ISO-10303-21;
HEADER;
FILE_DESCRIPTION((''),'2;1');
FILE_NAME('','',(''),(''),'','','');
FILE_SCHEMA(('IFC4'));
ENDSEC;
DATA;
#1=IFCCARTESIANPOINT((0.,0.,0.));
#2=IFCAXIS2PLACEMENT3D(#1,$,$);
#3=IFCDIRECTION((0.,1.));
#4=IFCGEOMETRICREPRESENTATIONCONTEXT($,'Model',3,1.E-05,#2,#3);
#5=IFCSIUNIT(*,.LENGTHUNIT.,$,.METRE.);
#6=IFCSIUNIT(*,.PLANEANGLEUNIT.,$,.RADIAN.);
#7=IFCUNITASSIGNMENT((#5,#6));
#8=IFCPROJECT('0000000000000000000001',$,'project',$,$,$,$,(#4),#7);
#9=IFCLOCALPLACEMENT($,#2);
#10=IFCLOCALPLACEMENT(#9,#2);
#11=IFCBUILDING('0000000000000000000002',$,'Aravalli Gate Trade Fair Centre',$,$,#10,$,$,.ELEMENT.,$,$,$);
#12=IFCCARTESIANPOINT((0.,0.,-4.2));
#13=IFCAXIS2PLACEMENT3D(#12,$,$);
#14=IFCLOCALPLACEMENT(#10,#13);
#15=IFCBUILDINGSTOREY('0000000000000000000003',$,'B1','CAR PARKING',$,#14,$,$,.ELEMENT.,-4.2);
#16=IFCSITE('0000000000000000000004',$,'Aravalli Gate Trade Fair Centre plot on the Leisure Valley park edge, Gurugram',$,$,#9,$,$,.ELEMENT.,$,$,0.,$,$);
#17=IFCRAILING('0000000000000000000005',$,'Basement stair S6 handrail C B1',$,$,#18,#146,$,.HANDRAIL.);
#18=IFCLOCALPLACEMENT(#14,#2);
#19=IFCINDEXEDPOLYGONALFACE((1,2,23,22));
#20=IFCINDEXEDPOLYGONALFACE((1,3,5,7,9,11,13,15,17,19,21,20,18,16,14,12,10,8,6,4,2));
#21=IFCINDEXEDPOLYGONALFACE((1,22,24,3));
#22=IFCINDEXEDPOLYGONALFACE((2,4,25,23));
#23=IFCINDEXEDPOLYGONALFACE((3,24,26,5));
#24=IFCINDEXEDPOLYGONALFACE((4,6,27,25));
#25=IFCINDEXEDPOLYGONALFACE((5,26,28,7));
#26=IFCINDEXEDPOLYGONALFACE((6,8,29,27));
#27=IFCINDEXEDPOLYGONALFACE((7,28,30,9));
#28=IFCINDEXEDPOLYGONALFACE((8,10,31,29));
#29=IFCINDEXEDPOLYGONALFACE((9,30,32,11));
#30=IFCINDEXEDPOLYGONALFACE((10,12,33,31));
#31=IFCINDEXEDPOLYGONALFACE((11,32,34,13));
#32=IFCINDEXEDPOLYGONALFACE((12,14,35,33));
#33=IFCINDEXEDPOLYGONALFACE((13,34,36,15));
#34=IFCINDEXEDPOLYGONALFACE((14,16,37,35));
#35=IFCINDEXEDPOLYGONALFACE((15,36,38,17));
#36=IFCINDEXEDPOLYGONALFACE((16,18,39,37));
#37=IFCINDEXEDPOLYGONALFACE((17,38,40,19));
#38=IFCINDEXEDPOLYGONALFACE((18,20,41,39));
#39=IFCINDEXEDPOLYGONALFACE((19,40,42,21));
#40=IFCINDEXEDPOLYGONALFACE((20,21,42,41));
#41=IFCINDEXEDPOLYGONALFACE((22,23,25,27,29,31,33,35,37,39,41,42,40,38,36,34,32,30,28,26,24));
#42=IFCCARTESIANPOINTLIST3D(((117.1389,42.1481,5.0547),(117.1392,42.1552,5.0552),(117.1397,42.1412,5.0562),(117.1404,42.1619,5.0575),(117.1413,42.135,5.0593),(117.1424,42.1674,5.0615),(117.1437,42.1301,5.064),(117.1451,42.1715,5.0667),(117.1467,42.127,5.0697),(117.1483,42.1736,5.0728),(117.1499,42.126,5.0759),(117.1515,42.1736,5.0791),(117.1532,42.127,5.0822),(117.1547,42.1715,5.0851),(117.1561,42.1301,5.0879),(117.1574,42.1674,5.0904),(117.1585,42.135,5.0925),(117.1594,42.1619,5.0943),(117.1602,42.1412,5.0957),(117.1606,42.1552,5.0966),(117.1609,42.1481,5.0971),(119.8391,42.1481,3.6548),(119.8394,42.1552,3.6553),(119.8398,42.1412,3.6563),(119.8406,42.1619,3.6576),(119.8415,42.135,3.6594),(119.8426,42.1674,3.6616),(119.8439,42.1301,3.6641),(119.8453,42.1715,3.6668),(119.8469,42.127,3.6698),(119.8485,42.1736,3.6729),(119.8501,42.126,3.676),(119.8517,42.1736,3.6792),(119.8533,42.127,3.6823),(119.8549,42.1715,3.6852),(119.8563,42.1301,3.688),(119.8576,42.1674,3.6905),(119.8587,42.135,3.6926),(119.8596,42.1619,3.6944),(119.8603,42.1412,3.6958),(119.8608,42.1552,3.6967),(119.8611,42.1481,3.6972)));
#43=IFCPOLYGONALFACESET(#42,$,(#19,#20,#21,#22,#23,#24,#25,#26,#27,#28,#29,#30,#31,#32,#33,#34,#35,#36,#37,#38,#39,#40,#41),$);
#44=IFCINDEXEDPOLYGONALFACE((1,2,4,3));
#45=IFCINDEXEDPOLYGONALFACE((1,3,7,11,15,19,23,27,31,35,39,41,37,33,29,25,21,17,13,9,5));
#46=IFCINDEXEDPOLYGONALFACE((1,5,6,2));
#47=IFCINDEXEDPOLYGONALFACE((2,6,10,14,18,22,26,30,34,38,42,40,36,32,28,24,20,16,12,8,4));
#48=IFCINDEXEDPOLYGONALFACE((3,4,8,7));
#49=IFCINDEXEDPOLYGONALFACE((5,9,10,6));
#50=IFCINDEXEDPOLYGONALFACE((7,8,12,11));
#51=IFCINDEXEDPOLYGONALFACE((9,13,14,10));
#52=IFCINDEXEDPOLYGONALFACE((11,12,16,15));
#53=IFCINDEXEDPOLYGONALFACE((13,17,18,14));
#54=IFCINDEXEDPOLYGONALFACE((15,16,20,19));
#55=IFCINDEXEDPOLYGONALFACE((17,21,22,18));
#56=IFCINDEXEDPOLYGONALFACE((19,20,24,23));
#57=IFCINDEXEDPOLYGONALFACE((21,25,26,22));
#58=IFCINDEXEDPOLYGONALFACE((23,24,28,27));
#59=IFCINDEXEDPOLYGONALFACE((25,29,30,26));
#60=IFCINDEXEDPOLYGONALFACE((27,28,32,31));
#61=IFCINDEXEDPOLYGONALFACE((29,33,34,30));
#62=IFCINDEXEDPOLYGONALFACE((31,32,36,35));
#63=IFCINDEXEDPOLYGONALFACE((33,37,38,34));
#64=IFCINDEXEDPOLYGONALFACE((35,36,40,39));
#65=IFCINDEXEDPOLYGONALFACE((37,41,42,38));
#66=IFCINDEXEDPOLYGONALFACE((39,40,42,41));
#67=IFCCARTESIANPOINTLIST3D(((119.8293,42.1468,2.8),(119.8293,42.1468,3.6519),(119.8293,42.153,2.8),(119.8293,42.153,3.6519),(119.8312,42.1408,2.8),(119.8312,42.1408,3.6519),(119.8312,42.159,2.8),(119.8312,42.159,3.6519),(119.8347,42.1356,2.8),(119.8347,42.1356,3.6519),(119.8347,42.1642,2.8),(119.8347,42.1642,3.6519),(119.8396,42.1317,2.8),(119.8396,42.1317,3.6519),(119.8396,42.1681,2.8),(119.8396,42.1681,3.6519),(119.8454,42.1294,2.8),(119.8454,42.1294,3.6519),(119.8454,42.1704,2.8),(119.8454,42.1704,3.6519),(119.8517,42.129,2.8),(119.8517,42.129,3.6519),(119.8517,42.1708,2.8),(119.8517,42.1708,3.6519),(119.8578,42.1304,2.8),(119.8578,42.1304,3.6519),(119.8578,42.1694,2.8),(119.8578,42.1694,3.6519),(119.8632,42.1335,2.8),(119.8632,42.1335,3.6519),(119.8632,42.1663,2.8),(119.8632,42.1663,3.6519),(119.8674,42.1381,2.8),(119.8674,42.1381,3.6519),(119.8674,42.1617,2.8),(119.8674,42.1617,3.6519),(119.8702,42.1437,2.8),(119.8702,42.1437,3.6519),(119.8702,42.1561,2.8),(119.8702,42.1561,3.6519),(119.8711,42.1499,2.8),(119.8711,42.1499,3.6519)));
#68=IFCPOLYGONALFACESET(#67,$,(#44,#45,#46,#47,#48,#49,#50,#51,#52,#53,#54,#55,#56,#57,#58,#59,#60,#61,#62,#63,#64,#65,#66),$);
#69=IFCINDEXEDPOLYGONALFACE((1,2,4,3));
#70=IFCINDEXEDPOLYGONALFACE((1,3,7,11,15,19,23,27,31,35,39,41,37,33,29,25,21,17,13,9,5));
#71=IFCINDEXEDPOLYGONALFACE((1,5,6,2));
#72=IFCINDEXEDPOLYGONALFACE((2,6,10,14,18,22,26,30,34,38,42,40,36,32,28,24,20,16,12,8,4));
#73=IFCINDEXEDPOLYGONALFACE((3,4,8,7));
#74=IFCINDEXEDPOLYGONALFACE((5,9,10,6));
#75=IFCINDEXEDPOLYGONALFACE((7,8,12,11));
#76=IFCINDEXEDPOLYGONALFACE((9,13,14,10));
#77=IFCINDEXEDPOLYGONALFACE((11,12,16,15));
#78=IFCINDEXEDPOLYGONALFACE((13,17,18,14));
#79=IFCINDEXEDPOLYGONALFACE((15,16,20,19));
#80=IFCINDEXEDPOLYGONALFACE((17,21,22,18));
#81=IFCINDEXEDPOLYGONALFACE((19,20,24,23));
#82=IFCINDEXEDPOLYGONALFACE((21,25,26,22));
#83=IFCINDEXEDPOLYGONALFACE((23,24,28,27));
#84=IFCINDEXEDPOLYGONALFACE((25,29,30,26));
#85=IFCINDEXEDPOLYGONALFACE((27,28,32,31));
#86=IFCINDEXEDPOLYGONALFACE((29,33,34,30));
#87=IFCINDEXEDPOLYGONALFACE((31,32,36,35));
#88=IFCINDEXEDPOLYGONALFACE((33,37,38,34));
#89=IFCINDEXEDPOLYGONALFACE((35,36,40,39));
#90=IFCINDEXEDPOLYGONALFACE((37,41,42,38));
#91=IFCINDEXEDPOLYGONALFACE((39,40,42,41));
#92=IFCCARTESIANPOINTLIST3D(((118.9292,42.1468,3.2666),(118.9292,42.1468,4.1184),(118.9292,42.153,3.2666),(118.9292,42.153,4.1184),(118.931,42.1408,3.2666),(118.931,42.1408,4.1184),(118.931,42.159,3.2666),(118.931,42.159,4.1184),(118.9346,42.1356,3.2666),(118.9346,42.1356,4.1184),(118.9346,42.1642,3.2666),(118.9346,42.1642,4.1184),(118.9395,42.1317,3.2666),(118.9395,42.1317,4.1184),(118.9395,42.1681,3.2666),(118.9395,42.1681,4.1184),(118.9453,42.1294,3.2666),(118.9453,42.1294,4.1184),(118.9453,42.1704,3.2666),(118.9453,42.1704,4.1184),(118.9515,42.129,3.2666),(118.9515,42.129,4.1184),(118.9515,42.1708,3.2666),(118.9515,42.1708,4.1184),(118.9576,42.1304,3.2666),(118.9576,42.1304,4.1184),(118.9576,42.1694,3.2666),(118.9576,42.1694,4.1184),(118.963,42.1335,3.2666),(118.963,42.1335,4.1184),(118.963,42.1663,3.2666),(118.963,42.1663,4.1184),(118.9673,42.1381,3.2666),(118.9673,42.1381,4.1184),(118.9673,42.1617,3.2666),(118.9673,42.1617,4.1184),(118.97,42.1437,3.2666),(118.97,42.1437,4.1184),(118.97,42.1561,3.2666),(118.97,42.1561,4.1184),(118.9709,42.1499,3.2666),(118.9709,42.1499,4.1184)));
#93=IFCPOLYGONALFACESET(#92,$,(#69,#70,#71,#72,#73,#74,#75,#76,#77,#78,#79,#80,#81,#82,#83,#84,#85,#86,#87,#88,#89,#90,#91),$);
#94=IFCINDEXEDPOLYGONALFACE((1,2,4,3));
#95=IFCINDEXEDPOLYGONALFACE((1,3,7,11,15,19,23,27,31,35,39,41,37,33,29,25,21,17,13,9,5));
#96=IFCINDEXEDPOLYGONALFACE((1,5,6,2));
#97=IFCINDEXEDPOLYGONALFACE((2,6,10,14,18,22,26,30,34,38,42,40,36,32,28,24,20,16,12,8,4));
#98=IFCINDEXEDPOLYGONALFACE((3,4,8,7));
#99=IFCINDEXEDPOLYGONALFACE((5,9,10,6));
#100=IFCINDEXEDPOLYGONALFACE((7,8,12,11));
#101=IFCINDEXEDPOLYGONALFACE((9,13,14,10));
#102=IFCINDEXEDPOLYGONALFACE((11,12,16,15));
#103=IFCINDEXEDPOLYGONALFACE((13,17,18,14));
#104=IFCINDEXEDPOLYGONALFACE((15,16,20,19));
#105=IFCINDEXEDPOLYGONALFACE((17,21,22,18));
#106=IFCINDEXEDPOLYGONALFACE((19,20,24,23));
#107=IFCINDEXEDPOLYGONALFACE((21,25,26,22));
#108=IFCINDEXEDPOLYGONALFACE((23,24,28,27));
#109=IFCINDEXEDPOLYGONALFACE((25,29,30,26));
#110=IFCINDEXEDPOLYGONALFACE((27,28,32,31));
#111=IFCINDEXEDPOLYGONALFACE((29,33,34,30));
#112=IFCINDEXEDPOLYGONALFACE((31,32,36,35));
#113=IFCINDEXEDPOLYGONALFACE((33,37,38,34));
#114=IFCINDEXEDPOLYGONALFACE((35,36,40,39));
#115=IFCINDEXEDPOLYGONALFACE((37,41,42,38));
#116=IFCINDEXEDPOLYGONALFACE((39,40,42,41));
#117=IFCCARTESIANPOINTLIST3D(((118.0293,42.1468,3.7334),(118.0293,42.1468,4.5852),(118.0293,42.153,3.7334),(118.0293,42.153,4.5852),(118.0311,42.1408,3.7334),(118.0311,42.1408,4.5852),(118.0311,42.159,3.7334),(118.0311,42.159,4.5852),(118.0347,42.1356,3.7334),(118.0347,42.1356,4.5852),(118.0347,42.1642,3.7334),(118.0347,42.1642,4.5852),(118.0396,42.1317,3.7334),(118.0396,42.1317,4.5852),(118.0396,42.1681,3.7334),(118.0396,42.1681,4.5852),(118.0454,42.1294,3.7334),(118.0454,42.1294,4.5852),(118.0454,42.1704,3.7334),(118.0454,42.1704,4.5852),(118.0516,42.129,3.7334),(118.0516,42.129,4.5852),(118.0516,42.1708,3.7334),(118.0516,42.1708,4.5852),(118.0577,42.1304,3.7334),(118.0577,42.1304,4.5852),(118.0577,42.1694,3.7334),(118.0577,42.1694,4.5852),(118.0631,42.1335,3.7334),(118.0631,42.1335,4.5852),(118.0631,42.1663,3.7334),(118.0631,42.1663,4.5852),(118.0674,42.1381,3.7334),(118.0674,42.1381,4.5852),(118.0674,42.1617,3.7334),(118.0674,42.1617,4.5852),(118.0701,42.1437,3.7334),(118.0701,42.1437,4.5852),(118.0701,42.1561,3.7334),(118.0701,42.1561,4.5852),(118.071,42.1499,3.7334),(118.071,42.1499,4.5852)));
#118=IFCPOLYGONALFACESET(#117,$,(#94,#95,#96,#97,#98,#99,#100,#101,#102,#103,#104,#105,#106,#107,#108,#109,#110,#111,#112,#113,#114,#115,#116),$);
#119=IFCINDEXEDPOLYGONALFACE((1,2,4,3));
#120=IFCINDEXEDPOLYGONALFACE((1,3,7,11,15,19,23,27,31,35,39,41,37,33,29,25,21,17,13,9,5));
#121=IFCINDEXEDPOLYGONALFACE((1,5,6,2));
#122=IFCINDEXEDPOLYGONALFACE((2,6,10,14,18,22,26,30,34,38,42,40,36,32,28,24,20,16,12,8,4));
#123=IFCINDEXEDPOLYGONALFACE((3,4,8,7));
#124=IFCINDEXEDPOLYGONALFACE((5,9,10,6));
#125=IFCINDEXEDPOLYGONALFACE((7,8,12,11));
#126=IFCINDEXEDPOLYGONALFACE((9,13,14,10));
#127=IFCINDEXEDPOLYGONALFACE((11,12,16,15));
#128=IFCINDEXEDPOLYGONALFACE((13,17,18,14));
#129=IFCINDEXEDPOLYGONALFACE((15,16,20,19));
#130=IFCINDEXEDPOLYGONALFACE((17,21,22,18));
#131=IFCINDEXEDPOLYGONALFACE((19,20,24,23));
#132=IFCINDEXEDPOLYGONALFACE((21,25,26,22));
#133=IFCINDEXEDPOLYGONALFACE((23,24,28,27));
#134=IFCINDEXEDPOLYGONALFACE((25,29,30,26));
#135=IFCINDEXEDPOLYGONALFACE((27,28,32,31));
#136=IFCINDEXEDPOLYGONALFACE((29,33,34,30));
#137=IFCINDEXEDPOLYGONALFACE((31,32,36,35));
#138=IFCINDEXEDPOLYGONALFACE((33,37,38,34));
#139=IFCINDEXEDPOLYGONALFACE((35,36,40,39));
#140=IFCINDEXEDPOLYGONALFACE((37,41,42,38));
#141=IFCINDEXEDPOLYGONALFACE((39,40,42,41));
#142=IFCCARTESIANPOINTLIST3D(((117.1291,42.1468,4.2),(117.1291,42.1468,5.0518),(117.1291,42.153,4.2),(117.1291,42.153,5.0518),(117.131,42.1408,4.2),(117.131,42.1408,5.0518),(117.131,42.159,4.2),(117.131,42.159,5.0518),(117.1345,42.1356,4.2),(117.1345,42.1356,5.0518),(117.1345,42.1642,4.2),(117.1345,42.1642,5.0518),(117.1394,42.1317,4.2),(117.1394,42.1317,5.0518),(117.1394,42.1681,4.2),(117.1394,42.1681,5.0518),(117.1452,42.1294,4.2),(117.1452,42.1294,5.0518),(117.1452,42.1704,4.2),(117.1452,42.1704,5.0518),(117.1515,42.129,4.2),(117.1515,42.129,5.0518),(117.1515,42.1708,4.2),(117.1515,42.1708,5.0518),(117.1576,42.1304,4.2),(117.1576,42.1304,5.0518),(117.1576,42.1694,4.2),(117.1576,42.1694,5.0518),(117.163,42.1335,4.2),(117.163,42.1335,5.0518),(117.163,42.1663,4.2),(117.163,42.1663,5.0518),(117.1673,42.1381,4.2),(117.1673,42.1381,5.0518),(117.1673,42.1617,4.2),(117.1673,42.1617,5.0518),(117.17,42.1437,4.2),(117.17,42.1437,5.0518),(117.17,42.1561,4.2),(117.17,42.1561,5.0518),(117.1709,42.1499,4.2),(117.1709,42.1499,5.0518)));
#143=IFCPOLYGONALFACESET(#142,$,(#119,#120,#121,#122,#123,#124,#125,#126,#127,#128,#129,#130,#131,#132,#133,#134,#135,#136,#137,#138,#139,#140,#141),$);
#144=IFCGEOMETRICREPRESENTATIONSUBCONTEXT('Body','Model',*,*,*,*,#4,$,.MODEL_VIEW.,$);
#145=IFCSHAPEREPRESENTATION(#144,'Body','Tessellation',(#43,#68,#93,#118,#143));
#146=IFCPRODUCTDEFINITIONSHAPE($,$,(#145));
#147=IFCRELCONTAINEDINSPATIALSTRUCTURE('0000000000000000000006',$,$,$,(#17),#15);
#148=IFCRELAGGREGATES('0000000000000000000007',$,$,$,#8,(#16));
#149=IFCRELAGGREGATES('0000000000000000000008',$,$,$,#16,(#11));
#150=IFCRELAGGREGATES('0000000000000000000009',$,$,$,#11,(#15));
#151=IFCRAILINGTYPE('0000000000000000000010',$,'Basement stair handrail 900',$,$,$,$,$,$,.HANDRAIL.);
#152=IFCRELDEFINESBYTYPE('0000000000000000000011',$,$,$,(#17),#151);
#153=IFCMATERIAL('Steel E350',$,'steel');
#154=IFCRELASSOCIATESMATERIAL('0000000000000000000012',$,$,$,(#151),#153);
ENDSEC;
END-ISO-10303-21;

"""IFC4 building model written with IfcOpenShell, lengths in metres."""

from ifc_helpers import new_model, si_unit, direction, frame, origin, origin_2d, place, context, subcontext, project, spatial, circle, extrude, material, type_object, element, save


model = new_model("IFC4")

# Units and contexts
model_context = context("Model", 3, precision=1e-05, world=origin(), true_north=direction((0.0, 1.0)))
body_context = subcontext(model_context, "Body", "Model", "MODEL_VIEW")
ifc_project = project(units=[si_unit("LENGTHUNIT", "METRE"), si_unit("PLANEANGLEUNIT", "RADIAN")], contexts=[model_context])

# Site, building, storey
site_placement = place(None, origin())
site = spatial("IfcSite", under=ifc_project, at=site_placement, Name="Aravalli Gate Trade Fair Centre plot on the Leisure Valley park edge, Gurugram", CompositionType="ELEMENT", RefElevation=0.0)
building_placement = place(site_placement, origin())
building = spatial("IfcBuilding", under=site, at=building_placement, Name="Aravalli Gate Trade Fair Centre", CompositionType="ELEMENT")
storey_placement = place(building_placement, frame((0.0, 0.0, -4.2)))
storey = spatial("IfcBuildingStorey", under=building, at=storey_placement, Name="B1", Description="CAR PARKING", CompositionType="ELEMENT", Elevation=-4.2)

# Railing
ifc_material_1 = material(Name="Steel E350", Category="steel")
railing_type_1 = type_object("IfcRailingType", Name="Basement stair handrail 900", PredefinedType="HANDRAIL", material=ifc_material_1)
for number, where, name in (
    (1, (119.8501, 42.1499, 2.8), "Basement stair S6 handrail C B1"),
):
    element("IfcRailing", number, at=place(storey_placement, frame(where)), inside=storey, type_object=railing_type_1, Name=name, PredefinedType="HANDRAIL", context=body_context, shape_type="SweptSolid", body=[
        extrude(circle(Radius=0.0239, at=origin_2d()), frame((0.0, 0.0, 0.876), z_axis=(-0.887781, 0.0, 0.460266), x_axis=(0.0, -1.0, 0.0)), (0.0, 0.0, 1.0), 3.0415),
        extrude(circle(Radius=0.021, at=origin_2d()), origin(), (0.0, 0.0, 1.0), 0.8518),
        extrude(circle(Radius=0.021, at=origin_2d()), frame((-0.9001, 0.0, 0.4666)), (0.0, 0.0, 1.0), 0.8518),
        extrude(circle(Radius=0.021, at=origin_2d()), frame((-1.8, 0.0, 0.9333)), (0.0, 0.0, 1.0), 0.8518),
        extrude(circle(Radius=0.021, at=origin_2d()), frame((-2.7002, 0.0, 1.3999)), (0.0, 0.0, 1.0), 0.8518),
    ])

save(model, "model.ifc")
